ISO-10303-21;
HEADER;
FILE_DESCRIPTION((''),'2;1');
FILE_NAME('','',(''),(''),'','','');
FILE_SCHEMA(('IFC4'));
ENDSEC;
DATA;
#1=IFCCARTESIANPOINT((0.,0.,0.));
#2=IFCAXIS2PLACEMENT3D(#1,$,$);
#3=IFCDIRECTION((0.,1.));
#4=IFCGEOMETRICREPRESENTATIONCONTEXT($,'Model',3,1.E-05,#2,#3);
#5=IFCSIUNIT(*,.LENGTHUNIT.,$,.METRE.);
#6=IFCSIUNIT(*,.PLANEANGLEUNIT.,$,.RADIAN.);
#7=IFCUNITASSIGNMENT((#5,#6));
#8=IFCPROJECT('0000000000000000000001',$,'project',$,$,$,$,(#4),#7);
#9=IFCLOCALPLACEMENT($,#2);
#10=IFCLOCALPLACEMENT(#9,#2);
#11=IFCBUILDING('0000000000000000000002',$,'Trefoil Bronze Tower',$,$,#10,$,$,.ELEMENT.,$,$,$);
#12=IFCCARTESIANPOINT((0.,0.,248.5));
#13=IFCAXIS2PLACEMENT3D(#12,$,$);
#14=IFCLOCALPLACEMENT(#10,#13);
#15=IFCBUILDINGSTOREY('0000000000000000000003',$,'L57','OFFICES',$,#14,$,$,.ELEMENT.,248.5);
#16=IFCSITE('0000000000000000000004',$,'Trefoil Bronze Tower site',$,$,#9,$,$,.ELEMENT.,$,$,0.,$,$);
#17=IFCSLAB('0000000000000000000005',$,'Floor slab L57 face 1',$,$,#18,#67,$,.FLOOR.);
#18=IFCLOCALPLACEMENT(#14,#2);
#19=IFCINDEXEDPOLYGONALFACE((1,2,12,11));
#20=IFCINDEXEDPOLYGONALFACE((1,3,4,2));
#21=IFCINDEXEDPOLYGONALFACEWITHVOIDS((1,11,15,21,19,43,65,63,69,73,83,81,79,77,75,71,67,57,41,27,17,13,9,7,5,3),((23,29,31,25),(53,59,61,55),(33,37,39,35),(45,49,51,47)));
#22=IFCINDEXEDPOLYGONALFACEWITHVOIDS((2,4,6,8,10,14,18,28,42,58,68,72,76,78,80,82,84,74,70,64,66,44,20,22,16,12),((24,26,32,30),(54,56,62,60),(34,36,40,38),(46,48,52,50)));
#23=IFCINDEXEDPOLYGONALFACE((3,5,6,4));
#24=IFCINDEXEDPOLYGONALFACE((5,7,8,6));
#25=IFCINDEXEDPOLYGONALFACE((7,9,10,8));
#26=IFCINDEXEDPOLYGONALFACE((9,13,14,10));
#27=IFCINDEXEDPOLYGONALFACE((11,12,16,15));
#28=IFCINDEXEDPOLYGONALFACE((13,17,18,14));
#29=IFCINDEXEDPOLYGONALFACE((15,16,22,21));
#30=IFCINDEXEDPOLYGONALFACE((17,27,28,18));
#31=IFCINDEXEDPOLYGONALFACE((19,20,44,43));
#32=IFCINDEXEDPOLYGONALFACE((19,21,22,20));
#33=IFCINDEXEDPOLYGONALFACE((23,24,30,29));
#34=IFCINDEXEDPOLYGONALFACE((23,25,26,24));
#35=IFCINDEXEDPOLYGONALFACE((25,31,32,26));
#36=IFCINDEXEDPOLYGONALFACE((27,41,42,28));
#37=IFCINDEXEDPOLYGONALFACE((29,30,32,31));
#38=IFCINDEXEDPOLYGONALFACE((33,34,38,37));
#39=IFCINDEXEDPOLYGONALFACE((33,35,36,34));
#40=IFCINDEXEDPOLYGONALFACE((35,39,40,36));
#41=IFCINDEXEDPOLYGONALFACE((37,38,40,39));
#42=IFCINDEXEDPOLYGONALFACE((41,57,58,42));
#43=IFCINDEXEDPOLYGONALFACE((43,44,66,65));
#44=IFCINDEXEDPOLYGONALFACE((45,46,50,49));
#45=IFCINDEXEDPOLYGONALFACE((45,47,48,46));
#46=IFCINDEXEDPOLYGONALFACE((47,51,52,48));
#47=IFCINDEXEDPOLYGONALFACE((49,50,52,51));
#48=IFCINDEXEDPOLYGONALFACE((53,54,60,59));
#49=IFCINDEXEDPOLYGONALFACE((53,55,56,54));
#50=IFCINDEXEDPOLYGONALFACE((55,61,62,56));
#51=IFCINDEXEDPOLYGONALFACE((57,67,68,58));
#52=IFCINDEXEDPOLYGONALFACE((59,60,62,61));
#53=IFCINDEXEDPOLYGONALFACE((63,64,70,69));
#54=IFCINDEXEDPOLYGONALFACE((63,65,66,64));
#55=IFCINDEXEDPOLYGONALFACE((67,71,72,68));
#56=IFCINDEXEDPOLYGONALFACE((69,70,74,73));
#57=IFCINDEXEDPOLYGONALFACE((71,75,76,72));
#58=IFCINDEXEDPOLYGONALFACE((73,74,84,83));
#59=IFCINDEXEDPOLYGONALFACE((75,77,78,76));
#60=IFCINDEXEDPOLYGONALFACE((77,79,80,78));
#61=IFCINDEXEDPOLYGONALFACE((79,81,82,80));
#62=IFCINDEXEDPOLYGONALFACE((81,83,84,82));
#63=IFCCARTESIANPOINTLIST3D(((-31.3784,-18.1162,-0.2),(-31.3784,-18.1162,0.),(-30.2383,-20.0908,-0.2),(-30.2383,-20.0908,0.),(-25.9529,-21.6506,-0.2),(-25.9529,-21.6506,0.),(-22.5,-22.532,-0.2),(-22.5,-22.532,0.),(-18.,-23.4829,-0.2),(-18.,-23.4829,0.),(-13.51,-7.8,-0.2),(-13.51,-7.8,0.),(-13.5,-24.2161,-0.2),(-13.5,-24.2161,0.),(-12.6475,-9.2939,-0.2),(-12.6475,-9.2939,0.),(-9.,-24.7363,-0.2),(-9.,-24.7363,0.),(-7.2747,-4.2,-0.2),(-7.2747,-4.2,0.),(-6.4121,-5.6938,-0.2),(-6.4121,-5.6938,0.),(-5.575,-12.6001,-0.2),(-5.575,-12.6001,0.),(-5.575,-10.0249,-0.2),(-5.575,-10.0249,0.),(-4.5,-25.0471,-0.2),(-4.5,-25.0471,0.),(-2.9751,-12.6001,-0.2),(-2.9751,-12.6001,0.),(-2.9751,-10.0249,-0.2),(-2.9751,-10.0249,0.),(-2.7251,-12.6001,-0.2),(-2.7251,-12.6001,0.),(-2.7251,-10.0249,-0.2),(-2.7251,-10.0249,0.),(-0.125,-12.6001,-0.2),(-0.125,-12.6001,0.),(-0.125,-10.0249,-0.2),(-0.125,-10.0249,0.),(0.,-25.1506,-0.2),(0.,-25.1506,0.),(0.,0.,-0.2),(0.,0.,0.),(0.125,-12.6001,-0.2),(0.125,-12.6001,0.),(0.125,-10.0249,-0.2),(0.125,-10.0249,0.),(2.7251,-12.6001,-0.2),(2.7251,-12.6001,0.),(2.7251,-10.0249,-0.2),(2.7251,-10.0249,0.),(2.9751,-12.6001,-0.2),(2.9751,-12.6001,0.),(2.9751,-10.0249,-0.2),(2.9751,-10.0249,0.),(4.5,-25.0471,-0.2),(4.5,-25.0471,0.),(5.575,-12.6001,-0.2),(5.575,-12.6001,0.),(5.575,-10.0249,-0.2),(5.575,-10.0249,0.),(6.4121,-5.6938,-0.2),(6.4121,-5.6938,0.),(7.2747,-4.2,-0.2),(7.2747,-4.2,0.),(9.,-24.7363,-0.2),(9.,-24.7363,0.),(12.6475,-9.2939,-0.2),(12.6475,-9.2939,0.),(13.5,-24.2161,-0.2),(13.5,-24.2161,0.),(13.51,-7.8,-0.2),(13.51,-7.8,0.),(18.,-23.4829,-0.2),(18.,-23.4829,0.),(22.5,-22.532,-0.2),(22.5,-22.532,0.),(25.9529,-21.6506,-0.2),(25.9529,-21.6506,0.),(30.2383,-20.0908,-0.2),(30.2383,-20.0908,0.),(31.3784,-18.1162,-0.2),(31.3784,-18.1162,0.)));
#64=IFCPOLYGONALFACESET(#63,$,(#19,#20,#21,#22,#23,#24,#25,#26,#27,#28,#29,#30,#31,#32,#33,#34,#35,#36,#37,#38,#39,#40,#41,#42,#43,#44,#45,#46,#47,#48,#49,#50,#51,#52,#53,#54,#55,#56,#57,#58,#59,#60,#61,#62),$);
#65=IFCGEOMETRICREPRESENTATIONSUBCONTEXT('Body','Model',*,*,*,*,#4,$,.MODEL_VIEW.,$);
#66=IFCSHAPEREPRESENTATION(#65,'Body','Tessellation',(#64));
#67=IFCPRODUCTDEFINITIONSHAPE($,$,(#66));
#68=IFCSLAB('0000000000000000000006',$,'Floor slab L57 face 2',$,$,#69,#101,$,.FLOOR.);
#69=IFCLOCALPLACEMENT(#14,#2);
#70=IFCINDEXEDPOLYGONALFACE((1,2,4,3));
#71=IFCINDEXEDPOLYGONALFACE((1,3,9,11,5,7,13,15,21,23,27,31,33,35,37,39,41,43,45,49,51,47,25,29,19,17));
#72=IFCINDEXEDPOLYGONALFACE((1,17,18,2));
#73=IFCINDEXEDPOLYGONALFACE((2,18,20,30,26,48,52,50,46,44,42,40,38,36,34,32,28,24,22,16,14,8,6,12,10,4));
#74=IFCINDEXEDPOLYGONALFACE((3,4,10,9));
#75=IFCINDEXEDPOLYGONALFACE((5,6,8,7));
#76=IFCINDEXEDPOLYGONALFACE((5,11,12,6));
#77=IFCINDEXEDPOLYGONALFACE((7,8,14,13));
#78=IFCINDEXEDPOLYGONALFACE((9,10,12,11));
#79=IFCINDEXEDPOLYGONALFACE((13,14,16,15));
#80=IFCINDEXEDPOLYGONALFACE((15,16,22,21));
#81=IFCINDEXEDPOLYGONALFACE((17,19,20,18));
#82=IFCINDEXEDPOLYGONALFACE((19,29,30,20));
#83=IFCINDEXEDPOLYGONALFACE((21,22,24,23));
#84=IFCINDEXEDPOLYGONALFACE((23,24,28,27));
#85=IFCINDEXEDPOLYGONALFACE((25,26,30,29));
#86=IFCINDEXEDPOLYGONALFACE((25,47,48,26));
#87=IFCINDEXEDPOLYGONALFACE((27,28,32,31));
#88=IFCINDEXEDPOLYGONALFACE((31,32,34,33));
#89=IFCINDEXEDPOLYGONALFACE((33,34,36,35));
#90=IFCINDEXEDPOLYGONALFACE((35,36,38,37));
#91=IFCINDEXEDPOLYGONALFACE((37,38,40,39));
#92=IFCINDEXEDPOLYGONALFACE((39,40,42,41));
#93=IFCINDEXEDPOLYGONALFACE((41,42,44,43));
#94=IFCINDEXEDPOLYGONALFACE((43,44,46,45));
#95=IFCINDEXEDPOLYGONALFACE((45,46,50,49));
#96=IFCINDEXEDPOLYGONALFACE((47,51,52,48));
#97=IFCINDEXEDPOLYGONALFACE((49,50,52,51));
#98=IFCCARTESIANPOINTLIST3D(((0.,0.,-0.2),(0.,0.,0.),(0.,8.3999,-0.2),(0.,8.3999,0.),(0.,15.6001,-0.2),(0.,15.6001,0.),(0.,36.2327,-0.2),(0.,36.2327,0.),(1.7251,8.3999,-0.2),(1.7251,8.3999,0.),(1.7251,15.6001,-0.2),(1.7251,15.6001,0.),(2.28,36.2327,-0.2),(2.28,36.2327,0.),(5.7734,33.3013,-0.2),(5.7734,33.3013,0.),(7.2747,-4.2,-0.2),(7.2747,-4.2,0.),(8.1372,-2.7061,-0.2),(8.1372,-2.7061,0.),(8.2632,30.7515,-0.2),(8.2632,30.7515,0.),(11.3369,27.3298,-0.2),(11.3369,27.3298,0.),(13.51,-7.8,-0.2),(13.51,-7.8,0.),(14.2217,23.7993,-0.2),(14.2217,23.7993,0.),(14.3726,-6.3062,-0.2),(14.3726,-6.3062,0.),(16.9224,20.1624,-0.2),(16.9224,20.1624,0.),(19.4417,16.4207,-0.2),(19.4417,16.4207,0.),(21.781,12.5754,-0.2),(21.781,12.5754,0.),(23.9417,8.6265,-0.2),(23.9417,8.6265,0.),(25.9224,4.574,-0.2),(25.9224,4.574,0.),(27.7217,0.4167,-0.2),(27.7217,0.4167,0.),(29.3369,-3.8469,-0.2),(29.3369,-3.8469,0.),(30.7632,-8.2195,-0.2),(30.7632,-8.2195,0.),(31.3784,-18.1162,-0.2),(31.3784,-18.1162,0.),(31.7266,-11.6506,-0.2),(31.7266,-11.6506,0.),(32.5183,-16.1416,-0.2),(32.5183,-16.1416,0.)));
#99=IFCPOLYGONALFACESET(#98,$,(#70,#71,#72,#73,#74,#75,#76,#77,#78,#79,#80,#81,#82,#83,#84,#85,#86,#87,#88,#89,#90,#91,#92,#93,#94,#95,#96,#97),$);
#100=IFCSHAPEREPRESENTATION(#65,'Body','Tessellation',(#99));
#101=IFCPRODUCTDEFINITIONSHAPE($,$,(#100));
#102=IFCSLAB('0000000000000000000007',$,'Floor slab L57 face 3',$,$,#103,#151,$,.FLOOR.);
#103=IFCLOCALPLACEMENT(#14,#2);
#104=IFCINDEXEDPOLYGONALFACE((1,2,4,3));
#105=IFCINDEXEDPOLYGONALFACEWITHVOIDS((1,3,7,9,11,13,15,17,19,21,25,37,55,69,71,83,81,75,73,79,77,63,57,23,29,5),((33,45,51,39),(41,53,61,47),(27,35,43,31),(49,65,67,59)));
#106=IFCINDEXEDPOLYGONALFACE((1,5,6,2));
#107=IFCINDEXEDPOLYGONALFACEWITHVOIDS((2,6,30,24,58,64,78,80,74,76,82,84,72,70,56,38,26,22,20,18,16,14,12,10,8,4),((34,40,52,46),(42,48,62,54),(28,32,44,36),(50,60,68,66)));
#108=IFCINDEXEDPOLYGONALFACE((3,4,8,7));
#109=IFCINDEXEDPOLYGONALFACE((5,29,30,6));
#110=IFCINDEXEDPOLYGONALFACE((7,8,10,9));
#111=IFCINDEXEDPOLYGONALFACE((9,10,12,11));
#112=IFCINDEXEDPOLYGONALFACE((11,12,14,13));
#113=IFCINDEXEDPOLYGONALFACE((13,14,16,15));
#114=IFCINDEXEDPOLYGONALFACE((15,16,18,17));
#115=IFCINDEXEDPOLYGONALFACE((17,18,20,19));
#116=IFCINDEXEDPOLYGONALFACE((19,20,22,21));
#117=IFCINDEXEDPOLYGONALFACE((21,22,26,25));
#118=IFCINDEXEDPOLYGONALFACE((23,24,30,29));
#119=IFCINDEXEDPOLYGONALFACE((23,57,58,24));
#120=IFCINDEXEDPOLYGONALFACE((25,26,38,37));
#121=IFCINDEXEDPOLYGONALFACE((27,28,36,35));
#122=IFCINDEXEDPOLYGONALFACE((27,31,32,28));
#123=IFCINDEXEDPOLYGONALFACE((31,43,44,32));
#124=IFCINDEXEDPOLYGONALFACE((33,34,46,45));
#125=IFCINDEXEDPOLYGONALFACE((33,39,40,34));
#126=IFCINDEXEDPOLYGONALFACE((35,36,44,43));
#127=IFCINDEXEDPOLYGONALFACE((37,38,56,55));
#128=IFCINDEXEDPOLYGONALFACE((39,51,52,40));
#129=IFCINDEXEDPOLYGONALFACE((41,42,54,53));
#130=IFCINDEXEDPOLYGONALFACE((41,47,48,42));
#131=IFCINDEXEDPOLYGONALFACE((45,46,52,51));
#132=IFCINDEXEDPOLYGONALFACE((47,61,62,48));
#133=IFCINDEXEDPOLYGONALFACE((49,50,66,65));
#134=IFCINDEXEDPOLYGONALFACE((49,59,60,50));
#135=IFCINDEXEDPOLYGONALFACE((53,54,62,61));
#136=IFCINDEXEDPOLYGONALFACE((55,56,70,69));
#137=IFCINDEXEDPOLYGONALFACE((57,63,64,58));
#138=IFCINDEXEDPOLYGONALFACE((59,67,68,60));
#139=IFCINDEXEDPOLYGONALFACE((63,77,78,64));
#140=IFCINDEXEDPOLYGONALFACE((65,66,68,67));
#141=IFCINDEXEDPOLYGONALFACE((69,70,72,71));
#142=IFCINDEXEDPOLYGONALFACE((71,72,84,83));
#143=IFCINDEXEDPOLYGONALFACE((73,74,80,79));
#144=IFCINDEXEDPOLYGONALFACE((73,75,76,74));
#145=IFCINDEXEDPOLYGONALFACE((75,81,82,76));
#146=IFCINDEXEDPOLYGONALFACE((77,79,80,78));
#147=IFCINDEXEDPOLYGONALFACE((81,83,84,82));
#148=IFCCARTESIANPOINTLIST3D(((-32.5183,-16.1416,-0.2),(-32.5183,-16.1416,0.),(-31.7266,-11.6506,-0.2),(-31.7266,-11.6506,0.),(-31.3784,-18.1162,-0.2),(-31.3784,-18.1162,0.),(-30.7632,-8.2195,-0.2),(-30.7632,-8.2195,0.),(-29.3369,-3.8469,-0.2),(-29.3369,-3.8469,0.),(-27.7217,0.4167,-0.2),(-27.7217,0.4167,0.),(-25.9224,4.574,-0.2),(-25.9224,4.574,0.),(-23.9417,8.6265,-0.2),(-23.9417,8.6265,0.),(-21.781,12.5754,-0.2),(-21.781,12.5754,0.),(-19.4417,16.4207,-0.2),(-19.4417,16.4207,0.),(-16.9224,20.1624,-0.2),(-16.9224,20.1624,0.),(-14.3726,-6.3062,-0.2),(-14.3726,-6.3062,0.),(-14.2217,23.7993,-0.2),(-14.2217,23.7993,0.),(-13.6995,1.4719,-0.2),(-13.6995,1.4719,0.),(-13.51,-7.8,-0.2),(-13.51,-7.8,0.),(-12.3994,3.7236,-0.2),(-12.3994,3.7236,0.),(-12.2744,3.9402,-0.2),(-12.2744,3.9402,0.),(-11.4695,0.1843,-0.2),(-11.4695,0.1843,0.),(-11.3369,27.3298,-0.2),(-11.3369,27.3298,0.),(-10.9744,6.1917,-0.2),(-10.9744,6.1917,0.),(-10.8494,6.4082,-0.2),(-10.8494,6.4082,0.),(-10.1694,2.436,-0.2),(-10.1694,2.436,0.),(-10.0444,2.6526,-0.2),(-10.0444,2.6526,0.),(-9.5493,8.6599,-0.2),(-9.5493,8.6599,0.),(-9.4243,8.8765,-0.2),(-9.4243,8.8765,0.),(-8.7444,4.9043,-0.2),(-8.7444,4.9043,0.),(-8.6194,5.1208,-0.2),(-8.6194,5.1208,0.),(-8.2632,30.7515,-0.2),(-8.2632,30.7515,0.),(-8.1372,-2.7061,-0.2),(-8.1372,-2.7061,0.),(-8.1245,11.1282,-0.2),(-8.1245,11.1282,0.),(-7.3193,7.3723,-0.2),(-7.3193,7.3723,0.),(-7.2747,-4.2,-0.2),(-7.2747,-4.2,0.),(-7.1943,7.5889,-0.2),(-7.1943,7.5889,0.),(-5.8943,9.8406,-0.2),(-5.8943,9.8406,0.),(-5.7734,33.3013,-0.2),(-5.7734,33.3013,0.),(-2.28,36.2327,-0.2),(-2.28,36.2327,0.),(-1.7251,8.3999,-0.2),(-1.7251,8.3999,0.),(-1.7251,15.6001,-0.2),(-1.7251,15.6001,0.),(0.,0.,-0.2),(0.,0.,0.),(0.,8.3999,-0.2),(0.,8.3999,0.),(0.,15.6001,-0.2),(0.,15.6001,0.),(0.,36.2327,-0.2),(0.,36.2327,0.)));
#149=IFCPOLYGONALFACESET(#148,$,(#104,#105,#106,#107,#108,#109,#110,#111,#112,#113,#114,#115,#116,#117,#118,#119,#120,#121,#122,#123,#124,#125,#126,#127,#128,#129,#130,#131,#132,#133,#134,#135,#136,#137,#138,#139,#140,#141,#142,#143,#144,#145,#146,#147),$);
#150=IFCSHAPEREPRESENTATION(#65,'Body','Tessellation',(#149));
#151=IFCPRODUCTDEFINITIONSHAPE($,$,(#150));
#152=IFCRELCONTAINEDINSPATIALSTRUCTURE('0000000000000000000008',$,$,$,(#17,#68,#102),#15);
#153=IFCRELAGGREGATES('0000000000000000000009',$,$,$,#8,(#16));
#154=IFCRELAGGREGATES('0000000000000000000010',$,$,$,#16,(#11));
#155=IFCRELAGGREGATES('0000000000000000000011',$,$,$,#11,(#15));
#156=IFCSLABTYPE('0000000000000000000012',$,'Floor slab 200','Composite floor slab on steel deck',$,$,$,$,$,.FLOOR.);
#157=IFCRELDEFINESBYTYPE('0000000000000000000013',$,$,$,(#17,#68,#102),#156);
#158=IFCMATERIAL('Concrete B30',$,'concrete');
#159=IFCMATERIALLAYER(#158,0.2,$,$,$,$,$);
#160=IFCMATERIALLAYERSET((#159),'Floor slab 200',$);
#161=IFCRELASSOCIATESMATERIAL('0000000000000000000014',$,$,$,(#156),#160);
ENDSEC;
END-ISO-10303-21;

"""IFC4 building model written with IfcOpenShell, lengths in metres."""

from ifc_helpers import new_model, si_unit, direction, frame, origin, place, context, subcontext, project, spatial, polyline, outline, extrude, material, layer, layer_set, type_object, element, save


model = new_model("IFC4")

# Units and contexts
model_context = context("Model", 3, precision=1e-05, world=origin(), true_north=direction((0.0, 1.0)))
body_context = subcontext(model_context, "Body", "Model", "MODEL_VIEW")
ifc_project = project(units=[si_unit("LENGTHUNIT", "METRE"), si_unit("PLANEANGLEUNIT", "RADIAN")], contexts=[model_context])

# Site, building, storey
site_placement = place(None, origin())
site = spatial("IfcSite", under=ifc_project, at=site_placement, Name="Trefoil Bronze Tower site", CompositionType="ELEMENT", RefElevation=0.0)
building_placement = place(site_placement, origin())
building = spatial("IfcBuilding", under=site, at=building_placement, Name="Trefoil Bronze Tower", CompositionType="ELEMENT")
storey_placement = place(building_placement, frame((0.0, 0.0, 248.5)))
storey = spatial("IfcBuildingStorey", under=building, at=storey_placement, Name="L57", Description="OFFICES", CompositionType="ELEMENT", Elevation=248.5)

# Slabs
ifc_material_1 = material(Name="Concrete B30", Category="concrete")
ifc_layer_1 = layer(ifc_material_1, 0.2)
ifc_layer_set_1 = layer_set([ifc_layer_1], Name="Floor slab 200")
slab_type = type_object("IfcSlabType", Name="Floor slab 200", Description="Composite floor slab on steel deck", PredefinedType="FLOOR", material=ifc_layer_set_1)
slab_1_placement = place(storey_placement, frame((0.0, 0.0, -0.2)))
element("IfcSlab", 1, at=slab_1_placement, inside=storey, type_object=slab_type, Name="Floor slab L57 face 1", PredefinedType="FLOOR", context=body_context, shape_type="SweptSolid", body=[
    extrude(outline(polyline([(18.0, -23.4829), (13.5, -24.2161), (9.0, -24.7363), (4.5, -25.0471), (0.0, -25.1506), (-4.5, -25.0471), (-9.0, -24.7363), (-13.5, -24.2161), (-18.0, -23.4829), (-22.5, -22.532), (-25.9529, -21.6506), (-30.2383, -20.0908), (-31.3784, -18.1162), (-13.51, -7.8), (-12.6475, -9.2939), (-6.4121, -5.6938), (-7.2747, -4.2), (0.0, 0.0), (7.2747, -4.2), (6.4121, -5.6938), (12.6475, -9.2939), (13.51, -7.8), (31.3784, -18.1162), (30.2383, -20.0908), (25.9529, -21.6506), (22.5, -22.532), (18.0, -23.4829)]), holes=[polyline([(-5.575, -10.0249), (-2.9751, -10.0249), (-2.9751, -12.6001), (-5.575, -12.6001), (-5.575, -10.0249)]), polyline([(-2.7251, -10.0249), (-0.125, -10.0249), (-0.125, -12.6001), (-2.7251, -12.6001), (-2.7251, -10.0249)]), polyline([(0.125, -10.0249), (2.7251, -10.0249), (2.7251, -12.6001), (0.125, -12.6001), (0.125, -10.0249)]), polyline([(2.9751, -10.0249), (5.575, -10.0249), (5.575, -12.6001), (2.9751, -12.6001), (2.9751, -10.0249)])]), origin(), (0.0, 0.0, 1.0), 0.2),
])
slab_2_placement = place(storey_placement, frame((0.0, 0.0, -0.2)))
element("IfcSlab", 2, at=slab_2_placement, inside=storey, type_object=slab_type, Name="Floor slab L57 face 2", PredefinedType="FLOOR", context=body_context, shape_type="SweptSolid", body=[
    extrude(outline(polyline([(11.3369, 27.3298), (14.2217, 23.7993), (16.9224, 20.1624), (19.4417, 16.4207), (21.781, 12.5754), (23.9417, 8.6265), (25.9224, 4.574), (27.7217, 0.4167), (29.3369, -3.8469), (30.7632, -8.2195), (31.7266, -11.6506), (32.5183, -16.1416), (31.3784, -18.1162), (13.51, -7.8), (14.3726, -6.3062), (8.1372, -2.7061), (7.2747, -4.2), (0.0, 0.0), (0.0, 8.3999), (1.7251, 8.3999), (1.7251, 15.6001), (0.0, 15.6001), (0.0, 36.2327), (2.28, 36.2327), (5.7734, 33.3013), (8.2632, 30.7515), (11.3369, 27.3298)])), origin(), (0.0, 0.0, 1.0), 0.2),
])
slab_3_placement = place(storey_placement, frame((0.0, 0.0, -0.2)))
element("IfcSlab", 3, at=slab_3_placement, inside=storey, type_object=slab_type, Name="Floor slab L57 face 3", PredefinedType="FLOOR", context=body_context, shape_type="SweptSolid", body=[
    extrude(outline(polyline([(-29.3369, -3.8469), (-27.7217, 0.4167), (-25.9224, 4.574), (-23.9417, 8.6265), (-21.781, 12.5754), (-19.4417, 16.4207), (-16.9224, 20.1624), (-14.2217, 23.7993), (-11.3369, 27.3298), (-8.2632, 30.7515), (-5.7734, 33.3013), (-2.28, 36.2327), (0.0, 36.2327), (0.0, 15.6001), (-1.7251, 15.6001), (-1.7251, 8.3999), (0.0, 8.3999), (0.0, 0.0), (-7.2747, -4.2), (-8.1372, -2.7061), (-14.3726, -6.3062), (-13.51, -7.8), (-31.3784, -18.1162), (-32.5183, -16.1416), (-31.7266, -11.6506), (-30.7632, -8.2195), (-29.3369, -3.8469)]), holes=[polyline([(-5.8943, 9.8406), (-7.1943, 7.5889), (-9.4243, 8.8765), (-8.1245, 11.1282), (-5.8943, 9.8406)]), polyline([(-7.3193, 7.3723), (-8.6194, 5.1208), (-10.8494, 6.4082), (-9.5493, 8.6599), (-7.3193, 7.3723)]), polyline([(-8.7444, 4.9043), (-10.0444, 2.6526), (-12.2744, 3.9402), (-10.9744, 6.1917), (-8.7444, 4.9043)]), polyline([(-10.1694, 2.436), (-11.4695, 0.1843), (-13.6995, 1.4719), (-12.3994, 3.7236), (-10.1694, 2.436)])]), origin(), (0.0, 0.0, 1.0), 0.2),
])

save(model, "model.ifc")
